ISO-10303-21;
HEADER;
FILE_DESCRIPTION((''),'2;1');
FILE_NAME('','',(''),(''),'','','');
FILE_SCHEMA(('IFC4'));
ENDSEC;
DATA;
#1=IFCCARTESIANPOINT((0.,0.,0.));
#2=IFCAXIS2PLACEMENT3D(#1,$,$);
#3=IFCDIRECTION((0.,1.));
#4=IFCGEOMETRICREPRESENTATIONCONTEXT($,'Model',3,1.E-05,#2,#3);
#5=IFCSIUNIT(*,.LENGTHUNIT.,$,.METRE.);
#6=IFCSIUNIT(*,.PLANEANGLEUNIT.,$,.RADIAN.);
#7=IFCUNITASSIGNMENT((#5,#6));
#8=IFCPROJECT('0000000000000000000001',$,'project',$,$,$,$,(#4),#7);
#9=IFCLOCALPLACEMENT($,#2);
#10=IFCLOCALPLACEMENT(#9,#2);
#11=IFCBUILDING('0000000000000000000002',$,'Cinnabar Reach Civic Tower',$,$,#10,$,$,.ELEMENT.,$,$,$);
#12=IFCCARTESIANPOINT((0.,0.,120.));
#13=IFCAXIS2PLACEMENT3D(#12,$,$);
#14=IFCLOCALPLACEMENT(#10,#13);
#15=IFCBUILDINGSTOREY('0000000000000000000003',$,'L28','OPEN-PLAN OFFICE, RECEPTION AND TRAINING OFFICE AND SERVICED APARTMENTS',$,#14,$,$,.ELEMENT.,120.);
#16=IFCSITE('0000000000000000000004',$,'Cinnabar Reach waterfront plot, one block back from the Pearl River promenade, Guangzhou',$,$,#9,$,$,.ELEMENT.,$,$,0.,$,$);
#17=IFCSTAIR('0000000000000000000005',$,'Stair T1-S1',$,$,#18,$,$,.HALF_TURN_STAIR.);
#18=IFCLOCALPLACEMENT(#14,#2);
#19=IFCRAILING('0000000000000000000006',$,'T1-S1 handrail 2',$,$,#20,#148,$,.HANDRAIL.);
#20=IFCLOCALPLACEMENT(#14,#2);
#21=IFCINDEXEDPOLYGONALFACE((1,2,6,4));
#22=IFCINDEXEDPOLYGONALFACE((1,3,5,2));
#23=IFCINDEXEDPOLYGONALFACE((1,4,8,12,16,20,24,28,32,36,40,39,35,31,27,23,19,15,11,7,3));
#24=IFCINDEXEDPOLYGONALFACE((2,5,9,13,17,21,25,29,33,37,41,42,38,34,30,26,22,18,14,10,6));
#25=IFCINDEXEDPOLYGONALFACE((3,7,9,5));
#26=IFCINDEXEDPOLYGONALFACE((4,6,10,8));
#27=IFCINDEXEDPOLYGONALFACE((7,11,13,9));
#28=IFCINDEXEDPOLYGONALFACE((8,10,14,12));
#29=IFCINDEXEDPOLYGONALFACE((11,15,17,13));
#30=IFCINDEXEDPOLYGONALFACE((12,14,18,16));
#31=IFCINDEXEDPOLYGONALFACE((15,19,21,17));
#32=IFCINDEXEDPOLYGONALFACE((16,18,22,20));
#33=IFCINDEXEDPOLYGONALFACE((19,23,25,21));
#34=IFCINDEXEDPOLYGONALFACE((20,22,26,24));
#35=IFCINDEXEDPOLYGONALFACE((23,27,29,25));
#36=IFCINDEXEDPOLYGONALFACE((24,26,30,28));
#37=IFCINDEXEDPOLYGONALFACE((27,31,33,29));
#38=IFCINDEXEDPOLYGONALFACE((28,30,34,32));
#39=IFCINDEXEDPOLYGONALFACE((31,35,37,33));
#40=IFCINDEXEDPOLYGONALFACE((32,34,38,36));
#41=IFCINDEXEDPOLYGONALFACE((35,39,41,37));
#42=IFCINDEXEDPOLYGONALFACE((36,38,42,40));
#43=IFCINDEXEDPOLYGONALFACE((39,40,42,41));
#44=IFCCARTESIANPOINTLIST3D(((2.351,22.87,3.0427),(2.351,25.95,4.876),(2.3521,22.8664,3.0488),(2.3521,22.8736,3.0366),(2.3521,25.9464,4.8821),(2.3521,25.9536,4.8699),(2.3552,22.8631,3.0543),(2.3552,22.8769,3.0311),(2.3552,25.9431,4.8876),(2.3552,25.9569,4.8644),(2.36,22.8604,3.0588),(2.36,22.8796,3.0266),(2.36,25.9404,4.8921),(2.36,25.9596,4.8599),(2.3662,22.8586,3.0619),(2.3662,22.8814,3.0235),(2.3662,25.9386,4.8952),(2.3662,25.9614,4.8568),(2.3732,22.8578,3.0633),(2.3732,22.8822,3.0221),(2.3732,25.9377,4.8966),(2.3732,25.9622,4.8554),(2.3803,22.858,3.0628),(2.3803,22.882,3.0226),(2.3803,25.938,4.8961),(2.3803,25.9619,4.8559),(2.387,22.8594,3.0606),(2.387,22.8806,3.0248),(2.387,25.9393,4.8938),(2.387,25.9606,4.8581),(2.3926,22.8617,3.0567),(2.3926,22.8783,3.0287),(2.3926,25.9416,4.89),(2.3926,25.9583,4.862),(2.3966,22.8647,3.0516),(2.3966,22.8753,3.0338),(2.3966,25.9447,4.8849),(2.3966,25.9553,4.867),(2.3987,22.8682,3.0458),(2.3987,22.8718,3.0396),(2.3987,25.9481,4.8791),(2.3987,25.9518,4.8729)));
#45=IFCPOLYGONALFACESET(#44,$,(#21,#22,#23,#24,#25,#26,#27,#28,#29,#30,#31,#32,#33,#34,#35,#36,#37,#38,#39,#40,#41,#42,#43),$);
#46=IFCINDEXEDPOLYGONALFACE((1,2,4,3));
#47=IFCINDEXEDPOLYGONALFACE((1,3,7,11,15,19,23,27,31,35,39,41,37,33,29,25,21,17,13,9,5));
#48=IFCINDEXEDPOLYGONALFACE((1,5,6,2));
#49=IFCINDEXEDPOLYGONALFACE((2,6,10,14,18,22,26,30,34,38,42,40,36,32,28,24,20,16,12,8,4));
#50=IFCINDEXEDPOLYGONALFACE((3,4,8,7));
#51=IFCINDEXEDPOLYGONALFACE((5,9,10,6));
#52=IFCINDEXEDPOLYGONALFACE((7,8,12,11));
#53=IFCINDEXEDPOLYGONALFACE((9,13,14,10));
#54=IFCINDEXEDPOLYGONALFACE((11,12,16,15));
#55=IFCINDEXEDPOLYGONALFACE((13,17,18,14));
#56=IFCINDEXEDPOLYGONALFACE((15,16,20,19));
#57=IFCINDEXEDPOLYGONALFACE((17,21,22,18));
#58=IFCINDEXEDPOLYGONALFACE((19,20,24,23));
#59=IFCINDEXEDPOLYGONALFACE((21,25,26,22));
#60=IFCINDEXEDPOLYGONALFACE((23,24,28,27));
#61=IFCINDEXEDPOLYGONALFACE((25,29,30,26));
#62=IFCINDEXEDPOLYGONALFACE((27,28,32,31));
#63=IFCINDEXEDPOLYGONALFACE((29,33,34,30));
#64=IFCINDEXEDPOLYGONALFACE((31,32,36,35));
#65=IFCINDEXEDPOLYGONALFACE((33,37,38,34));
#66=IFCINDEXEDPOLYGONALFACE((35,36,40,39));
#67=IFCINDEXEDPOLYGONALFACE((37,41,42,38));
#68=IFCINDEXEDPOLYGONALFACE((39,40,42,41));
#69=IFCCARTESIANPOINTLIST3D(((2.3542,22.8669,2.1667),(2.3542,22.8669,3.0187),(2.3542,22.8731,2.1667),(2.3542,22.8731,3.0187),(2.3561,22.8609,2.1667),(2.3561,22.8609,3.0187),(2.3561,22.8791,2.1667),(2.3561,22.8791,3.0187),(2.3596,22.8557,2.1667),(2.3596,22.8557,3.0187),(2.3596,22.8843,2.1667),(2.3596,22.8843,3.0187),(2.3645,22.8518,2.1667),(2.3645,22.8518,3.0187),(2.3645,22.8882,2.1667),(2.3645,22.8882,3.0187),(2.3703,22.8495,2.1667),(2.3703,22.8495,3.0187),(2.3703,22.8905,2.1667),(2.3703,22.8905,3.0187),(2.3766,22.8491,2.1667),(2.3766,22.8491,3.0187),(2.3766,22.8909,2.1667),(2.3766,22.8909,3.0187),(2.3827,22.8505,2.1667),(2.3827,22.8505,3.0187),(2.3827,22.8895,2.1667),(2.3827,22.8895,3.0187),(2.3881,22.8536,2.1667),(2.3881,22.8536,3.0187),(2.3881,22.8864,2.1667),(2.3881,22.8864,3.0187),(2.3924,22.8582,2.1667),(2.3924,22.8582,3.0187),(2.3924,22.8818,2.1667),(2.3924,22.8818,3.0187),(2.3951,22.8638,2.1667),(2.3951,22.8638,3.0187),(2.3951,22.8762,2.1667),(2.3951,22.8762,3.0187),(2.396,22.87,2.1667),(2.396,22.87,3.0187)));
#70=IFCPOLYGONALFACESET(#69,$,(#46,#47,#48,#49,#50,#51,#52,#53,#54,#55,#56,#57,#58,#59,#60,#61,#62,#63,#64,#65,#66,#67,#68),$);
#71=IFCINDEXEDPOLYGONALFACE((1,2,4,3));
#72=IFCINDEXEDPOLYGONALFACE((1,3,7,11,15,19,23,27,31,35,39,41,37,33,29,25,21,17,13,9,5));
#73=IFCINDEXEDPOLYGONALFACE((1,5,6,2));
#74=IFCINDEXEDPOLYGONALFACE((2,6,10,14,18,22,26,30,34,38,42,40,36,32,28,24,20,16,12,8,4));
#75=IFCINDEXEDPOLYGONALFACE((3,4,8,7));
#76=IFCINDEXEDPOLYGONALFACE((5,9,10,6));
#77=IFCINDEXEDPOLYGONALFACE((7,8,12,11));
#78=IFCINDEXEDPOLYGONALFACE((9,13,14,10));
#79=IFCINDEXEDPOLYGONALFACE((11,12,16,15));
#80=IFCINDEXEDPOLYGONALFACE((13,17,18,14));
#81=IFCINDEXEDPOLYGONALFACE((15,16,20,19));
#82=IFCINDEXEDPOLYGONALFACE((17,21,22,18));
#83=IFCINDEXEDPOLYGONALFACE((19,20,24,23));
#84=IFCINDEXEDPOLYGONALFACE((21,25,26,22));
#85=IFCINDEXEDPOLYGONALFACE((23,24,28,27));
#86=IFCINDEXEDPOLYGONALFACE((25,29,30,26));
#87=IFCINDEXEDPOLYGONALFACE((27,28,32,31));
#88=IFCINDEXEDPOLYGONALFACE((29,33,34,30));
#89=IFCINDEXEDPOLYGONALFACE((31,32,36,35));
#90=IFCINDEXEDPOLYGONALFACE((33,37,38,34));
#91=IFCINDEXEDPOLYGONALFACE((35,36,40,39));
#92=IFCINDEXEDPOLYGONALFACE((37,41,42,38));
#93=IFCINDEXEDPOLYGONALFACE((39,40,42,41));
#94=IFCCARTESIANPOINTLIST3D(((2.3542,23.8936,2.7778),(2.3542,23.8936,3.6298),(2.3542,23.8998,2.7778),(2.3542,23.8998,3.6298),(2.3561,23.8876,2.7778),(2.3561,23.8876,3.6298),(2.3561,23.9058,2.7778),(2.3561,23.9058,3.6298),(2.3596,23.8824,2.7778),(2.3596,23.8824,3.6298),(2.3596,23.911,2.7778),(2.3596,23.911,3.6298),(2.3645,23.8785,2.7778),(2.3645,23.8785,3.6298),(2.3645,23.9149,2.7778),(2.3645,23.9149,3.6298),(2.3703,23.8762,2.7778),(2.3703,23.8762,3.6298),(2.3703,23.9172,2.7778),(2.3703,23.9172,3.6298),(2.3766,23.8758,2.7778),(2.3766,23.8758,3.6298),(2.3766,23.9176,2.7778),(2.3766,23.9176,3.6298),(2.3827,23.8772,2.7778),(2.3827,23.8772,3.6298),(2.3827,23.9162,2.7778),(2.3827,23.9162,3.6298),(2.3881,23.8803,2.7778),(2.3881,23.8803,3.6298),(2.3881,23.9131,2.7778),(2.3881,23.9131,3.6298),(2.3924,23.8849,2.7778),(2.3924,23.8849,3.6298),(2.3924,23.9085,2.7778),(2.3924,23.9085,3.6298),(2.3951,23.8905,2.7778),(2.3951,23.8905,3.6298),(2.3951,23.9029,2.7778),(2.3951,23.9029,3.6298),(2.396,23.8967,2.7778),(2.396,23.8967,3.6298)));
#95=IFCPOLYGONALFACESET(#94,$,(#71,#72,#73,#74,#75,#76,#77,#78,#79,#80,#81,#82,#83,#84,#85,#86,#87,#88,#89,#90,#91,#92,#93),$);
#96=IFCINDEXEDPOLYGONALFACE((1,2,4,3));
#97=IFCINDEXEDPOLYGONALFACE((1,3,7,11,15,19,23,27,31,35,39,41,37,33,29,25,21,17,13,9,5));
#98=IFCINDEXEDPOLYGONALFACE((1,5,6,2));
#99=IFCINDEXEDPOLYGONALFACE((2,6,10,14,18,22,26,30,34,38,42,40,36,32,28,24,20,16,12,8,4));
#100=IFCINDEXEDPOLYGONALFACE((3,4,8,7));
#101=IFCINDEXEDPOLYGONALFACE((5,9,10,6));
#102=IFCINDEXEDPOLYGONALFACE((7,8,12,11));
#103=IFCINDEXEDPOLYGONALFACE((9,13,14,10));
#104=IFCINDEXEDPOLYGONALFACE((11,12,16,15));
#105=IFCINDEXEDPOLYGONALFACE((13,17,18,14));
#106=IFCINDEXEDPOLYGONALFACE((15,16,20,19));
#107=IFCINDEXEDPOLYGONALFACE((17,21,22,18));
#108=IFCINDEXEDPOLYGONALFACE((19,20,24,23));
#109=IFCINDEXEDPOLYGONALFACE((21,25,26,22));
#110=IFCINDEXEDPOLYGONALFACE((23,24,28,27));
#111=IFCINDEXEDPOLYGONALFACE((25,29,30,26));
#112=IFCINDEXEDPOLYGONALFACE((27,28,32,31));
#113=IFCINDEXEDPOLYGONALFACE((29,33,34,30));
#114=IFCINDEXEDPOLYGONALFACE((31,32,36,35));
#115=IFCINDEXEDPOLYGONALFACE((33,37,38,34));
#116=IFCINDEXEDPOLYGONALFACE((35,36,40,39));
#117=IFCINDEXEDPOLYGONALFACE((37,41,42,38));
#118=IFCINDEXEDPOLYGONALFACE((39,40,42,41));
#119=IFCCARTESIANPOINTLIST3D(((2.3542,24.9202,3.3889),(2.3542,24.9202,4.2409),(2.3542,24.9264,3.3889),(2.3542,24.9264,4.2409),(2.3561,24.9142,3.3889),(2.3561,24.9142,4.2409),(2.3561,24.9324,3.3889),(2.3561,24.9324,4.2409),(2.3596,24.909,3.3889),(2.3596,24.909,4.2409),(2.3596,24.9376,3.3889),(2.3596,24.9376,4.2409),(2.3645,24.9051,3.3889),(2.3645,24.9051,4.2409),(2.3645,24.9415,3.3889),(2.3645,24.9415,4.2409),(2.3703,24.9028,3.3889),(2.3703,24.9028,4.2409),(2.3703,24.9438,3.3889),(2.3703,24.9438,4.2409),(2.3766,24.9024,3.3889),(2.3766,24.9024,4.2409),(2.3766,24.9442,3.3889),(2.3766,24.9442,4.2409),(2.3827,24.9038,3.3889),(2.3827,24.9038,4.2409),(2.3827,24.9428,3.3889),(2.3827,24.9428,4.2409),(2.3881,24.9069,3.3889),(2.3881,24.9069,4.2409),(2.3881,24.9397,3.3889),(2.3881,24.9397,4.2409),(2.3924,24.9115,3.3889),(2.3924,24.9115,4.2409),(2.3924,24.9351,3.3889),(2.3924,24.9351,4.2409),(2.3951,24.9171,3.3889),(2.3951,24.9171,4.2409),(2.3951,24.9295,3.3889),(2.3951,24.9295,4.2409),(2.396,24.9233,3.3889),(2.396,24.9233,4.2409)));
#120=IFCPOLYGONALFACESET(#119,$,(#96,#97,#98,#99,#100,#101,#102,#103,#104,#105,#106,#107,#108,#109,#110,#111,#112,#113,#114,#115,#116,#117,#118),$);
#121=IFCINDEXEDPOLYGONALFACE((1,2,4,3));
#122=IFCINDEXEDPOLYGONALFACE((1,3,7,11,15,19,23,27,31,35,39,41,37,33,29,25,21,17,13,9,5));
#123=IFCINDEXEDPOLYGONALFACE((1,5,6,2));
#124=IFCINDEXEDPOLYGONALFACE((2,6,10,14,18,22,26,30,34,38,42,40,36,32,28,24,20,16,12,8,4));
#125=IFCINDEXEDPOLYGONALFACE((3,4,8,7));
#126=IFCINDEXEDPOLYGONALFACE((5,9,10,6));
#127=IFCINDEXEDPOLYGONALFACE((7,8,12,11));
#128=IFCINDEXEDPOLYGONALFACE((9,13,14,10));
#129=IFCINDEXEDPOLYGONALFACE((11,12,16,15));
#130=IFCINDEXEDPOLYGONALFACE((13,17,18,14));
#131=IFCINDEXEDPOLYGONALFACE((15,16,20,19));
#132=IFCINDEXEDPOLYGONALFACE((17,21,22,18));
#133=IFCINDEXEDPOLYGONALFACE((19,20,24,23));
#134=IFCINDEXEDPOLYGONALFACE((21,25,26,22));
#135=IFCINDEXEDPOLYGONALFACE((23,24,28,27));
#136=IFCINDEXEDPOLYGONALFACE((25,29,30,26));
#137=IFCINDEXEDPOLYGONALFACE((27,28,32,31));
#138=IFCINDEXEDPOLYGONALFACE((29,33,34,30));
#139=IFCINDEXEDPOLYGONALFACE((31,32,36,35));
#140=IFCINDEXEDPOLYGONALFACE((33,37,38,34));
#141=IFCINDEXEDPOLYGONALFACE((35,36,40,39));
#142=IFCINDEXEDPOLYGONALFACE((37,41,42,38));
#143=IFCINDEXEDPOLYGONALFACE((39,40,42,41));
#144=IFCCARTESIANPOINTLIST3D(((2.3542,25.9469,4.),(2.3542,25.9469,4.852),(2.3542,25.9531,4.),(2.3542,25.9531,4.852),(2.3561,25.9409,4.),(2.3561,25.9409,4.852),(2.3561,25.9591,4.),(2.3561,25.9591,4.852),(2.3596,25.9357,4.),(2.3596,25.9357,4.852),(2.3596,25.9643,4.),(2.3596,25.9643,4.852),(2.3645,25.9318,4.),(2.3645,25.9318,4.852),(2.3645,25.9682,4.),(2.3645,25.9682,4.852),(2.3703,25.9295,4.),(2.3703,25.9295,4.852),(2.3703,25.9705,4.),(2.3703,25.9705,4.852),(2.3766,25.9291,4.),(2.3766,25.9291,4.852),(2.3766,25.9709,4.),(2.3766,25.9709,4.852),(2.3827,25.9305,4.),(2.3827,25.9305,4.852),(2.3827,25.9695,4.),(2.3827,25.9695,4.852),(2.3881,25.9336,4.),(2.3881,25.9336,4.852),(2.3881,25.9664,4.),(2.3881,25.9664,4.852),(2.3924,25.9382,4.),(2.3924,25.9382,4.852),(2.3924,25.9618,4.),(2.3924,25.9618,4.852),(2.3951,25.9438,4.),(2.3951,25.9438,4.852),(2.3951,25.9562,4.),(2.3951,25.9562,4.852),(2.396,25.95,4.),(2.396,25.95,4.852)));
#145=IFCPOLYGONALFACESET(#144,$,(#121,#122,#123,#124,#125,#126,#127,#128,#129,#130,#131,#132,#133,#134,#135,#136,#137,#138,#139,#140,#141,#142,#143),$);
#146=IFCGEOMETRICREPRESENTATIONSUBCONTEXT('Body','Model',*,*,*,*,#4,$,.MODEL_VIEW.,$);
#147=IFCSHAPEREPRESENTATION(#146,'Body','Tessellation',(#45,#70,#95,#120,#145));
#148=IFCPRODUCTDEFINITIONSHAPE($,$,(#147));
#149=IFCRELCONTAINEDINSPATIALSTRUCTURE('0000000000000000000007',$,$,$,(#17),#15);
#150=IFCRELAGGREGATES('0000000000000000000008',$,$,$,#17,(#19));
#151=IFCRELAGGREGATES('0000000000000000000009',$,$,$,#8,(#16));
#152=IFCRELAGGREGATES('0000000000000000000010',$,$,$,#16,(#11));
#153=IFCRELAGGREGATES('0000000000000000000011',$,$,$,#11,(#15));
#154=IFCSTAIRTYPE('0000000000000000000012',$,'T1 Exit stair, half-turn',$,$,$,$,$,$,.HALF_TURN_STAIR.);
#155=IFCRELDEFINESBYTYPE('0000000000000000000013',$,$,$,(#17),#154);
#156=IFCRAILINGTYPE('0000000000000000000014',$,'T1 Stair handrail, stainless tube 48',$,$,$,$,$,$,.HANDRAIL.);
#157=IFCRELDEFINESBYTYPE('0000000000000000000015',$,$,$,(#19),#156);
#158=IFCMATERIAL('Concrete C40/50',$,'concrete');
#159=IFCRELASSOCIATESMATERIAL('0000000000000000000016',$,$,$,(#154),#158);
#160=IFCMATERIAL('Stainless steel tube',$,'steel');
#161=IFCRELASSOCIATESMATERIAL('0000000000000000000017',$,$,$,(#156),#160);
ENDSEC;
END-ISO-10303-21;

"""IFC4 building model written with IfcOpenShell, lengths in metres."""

from ifc_helpers import new_model, si_unit, direction, frame, origin, origin_2d, place, context, subcontext, project, spatial, circle, extrude, material, type_object, element, aggregate, save


model = new_model("IFC4")

# Units and contexts
model_context = context("Model", 3, precision=1e-05, world=origin(), true_north=direction((0.0, 1.0)))
body_context = subcontext(model_context, "Body", "Model", "MODEL_VIEW")
ifc_project = project(units=[si_unit("LENGTHUNIT", "METRE"), si_unit("PLANEANGLEUNIT", "RADIAN")], contexts=[model_context])

# Site, building, storey
site_placement = place(None, origin())
site = spatial("IfcSite", under=ifc_project, at=site_placement, Name="Cinnabar Reach waterfront plot, one block back from the Pearl River promenade, Guangzhou", CompositionType="ELEMENT", RefElevation=0.0)
building_placement = place(site_placement, origin())
building = spatial("IfcBuilding", under=site, at=building_placement, Name="Cinnabar Reach Civic Tower", CompositionType="ELEMENT")
storey_placement = place(building_placement, frame((0.0, 0.0, 120.0)))
storey = spatial("IfcBuildingStorey", under=building, at=storey_placement, Name="L28", Description="OPEN-PLAN OFFICE, RECEPTION AND TRAINING OFFICE AND SERVICED APARTMENTS", CompositionType="ELEMENT", Elevation=120.0)

# Stair, railing
ifc_material_1 = material(Name="Concrete C40/50", Category="concrete")
stair_type = type_object("IfcStairType", Name="T1 Exit stair, half-turn", PredefinedType="HALF_TURN_STAIR", material=ifc_material_1)
stair_placement = place(storey_placement, origin())
stair = element("IfcStair", 1, at=stair_placement, inside=storey, type_object=stair_type, Name="Stair T1-S1", PredefinedType="HALF_TURN_STAIR")
ifc_material_2 = material(Name="Stainless steel tube", Category="steel")
railing_type = type_object("IfcRailingType", Name="T1 Stair handrail, stainless tube 48", PredefinedType="HANDRAIL", material=ifc_material_2)
railing_placement = place(storey_placement, frame((2.375, 22.87, 2.1667)))
railing = element("IfcRailing", 2, at=railing_placement, type_object=railing_type, Name="T1-S1 handrail 2", PredefinedType="HANDRAIL", context=body_context, shape_type="SweptSolid", body=[
    extrude(circle(Radius=0.024, at=origin_2d()), frame((0.0, 0.0, 0.876), z_axis=(0.0, 0.859297, 0.511477), x_axis=(-1.0, 0.0, 0.0)), (0.0, 0.0, 1.0), 3.5843),
    extrude(circle(Radius=0.021, at=origin_2d()), origin(), (0.0, 0.0, 1.0), 0.852),
    extrude(circle(Radius=0.021, at=origin_2d()), frame((0.0, 1.0267, 0.6111)), (0.0, 0.0, 1.0), 0.852),
    extrude(circle(Radius=0.021, at=origin_2d()), frame((0.0, 2.0533, 1.2222)), (0.0, 0.0, 1.0), 0.852),
    extrude(circle(Radius=0.021, at=origin_2d()), frame((0.0, 3.08, 1.8333)), (0.0, 0.0, 1.0), 0.852),
])
aggregate(stair, [railing])

save(model, "model.ifc")
